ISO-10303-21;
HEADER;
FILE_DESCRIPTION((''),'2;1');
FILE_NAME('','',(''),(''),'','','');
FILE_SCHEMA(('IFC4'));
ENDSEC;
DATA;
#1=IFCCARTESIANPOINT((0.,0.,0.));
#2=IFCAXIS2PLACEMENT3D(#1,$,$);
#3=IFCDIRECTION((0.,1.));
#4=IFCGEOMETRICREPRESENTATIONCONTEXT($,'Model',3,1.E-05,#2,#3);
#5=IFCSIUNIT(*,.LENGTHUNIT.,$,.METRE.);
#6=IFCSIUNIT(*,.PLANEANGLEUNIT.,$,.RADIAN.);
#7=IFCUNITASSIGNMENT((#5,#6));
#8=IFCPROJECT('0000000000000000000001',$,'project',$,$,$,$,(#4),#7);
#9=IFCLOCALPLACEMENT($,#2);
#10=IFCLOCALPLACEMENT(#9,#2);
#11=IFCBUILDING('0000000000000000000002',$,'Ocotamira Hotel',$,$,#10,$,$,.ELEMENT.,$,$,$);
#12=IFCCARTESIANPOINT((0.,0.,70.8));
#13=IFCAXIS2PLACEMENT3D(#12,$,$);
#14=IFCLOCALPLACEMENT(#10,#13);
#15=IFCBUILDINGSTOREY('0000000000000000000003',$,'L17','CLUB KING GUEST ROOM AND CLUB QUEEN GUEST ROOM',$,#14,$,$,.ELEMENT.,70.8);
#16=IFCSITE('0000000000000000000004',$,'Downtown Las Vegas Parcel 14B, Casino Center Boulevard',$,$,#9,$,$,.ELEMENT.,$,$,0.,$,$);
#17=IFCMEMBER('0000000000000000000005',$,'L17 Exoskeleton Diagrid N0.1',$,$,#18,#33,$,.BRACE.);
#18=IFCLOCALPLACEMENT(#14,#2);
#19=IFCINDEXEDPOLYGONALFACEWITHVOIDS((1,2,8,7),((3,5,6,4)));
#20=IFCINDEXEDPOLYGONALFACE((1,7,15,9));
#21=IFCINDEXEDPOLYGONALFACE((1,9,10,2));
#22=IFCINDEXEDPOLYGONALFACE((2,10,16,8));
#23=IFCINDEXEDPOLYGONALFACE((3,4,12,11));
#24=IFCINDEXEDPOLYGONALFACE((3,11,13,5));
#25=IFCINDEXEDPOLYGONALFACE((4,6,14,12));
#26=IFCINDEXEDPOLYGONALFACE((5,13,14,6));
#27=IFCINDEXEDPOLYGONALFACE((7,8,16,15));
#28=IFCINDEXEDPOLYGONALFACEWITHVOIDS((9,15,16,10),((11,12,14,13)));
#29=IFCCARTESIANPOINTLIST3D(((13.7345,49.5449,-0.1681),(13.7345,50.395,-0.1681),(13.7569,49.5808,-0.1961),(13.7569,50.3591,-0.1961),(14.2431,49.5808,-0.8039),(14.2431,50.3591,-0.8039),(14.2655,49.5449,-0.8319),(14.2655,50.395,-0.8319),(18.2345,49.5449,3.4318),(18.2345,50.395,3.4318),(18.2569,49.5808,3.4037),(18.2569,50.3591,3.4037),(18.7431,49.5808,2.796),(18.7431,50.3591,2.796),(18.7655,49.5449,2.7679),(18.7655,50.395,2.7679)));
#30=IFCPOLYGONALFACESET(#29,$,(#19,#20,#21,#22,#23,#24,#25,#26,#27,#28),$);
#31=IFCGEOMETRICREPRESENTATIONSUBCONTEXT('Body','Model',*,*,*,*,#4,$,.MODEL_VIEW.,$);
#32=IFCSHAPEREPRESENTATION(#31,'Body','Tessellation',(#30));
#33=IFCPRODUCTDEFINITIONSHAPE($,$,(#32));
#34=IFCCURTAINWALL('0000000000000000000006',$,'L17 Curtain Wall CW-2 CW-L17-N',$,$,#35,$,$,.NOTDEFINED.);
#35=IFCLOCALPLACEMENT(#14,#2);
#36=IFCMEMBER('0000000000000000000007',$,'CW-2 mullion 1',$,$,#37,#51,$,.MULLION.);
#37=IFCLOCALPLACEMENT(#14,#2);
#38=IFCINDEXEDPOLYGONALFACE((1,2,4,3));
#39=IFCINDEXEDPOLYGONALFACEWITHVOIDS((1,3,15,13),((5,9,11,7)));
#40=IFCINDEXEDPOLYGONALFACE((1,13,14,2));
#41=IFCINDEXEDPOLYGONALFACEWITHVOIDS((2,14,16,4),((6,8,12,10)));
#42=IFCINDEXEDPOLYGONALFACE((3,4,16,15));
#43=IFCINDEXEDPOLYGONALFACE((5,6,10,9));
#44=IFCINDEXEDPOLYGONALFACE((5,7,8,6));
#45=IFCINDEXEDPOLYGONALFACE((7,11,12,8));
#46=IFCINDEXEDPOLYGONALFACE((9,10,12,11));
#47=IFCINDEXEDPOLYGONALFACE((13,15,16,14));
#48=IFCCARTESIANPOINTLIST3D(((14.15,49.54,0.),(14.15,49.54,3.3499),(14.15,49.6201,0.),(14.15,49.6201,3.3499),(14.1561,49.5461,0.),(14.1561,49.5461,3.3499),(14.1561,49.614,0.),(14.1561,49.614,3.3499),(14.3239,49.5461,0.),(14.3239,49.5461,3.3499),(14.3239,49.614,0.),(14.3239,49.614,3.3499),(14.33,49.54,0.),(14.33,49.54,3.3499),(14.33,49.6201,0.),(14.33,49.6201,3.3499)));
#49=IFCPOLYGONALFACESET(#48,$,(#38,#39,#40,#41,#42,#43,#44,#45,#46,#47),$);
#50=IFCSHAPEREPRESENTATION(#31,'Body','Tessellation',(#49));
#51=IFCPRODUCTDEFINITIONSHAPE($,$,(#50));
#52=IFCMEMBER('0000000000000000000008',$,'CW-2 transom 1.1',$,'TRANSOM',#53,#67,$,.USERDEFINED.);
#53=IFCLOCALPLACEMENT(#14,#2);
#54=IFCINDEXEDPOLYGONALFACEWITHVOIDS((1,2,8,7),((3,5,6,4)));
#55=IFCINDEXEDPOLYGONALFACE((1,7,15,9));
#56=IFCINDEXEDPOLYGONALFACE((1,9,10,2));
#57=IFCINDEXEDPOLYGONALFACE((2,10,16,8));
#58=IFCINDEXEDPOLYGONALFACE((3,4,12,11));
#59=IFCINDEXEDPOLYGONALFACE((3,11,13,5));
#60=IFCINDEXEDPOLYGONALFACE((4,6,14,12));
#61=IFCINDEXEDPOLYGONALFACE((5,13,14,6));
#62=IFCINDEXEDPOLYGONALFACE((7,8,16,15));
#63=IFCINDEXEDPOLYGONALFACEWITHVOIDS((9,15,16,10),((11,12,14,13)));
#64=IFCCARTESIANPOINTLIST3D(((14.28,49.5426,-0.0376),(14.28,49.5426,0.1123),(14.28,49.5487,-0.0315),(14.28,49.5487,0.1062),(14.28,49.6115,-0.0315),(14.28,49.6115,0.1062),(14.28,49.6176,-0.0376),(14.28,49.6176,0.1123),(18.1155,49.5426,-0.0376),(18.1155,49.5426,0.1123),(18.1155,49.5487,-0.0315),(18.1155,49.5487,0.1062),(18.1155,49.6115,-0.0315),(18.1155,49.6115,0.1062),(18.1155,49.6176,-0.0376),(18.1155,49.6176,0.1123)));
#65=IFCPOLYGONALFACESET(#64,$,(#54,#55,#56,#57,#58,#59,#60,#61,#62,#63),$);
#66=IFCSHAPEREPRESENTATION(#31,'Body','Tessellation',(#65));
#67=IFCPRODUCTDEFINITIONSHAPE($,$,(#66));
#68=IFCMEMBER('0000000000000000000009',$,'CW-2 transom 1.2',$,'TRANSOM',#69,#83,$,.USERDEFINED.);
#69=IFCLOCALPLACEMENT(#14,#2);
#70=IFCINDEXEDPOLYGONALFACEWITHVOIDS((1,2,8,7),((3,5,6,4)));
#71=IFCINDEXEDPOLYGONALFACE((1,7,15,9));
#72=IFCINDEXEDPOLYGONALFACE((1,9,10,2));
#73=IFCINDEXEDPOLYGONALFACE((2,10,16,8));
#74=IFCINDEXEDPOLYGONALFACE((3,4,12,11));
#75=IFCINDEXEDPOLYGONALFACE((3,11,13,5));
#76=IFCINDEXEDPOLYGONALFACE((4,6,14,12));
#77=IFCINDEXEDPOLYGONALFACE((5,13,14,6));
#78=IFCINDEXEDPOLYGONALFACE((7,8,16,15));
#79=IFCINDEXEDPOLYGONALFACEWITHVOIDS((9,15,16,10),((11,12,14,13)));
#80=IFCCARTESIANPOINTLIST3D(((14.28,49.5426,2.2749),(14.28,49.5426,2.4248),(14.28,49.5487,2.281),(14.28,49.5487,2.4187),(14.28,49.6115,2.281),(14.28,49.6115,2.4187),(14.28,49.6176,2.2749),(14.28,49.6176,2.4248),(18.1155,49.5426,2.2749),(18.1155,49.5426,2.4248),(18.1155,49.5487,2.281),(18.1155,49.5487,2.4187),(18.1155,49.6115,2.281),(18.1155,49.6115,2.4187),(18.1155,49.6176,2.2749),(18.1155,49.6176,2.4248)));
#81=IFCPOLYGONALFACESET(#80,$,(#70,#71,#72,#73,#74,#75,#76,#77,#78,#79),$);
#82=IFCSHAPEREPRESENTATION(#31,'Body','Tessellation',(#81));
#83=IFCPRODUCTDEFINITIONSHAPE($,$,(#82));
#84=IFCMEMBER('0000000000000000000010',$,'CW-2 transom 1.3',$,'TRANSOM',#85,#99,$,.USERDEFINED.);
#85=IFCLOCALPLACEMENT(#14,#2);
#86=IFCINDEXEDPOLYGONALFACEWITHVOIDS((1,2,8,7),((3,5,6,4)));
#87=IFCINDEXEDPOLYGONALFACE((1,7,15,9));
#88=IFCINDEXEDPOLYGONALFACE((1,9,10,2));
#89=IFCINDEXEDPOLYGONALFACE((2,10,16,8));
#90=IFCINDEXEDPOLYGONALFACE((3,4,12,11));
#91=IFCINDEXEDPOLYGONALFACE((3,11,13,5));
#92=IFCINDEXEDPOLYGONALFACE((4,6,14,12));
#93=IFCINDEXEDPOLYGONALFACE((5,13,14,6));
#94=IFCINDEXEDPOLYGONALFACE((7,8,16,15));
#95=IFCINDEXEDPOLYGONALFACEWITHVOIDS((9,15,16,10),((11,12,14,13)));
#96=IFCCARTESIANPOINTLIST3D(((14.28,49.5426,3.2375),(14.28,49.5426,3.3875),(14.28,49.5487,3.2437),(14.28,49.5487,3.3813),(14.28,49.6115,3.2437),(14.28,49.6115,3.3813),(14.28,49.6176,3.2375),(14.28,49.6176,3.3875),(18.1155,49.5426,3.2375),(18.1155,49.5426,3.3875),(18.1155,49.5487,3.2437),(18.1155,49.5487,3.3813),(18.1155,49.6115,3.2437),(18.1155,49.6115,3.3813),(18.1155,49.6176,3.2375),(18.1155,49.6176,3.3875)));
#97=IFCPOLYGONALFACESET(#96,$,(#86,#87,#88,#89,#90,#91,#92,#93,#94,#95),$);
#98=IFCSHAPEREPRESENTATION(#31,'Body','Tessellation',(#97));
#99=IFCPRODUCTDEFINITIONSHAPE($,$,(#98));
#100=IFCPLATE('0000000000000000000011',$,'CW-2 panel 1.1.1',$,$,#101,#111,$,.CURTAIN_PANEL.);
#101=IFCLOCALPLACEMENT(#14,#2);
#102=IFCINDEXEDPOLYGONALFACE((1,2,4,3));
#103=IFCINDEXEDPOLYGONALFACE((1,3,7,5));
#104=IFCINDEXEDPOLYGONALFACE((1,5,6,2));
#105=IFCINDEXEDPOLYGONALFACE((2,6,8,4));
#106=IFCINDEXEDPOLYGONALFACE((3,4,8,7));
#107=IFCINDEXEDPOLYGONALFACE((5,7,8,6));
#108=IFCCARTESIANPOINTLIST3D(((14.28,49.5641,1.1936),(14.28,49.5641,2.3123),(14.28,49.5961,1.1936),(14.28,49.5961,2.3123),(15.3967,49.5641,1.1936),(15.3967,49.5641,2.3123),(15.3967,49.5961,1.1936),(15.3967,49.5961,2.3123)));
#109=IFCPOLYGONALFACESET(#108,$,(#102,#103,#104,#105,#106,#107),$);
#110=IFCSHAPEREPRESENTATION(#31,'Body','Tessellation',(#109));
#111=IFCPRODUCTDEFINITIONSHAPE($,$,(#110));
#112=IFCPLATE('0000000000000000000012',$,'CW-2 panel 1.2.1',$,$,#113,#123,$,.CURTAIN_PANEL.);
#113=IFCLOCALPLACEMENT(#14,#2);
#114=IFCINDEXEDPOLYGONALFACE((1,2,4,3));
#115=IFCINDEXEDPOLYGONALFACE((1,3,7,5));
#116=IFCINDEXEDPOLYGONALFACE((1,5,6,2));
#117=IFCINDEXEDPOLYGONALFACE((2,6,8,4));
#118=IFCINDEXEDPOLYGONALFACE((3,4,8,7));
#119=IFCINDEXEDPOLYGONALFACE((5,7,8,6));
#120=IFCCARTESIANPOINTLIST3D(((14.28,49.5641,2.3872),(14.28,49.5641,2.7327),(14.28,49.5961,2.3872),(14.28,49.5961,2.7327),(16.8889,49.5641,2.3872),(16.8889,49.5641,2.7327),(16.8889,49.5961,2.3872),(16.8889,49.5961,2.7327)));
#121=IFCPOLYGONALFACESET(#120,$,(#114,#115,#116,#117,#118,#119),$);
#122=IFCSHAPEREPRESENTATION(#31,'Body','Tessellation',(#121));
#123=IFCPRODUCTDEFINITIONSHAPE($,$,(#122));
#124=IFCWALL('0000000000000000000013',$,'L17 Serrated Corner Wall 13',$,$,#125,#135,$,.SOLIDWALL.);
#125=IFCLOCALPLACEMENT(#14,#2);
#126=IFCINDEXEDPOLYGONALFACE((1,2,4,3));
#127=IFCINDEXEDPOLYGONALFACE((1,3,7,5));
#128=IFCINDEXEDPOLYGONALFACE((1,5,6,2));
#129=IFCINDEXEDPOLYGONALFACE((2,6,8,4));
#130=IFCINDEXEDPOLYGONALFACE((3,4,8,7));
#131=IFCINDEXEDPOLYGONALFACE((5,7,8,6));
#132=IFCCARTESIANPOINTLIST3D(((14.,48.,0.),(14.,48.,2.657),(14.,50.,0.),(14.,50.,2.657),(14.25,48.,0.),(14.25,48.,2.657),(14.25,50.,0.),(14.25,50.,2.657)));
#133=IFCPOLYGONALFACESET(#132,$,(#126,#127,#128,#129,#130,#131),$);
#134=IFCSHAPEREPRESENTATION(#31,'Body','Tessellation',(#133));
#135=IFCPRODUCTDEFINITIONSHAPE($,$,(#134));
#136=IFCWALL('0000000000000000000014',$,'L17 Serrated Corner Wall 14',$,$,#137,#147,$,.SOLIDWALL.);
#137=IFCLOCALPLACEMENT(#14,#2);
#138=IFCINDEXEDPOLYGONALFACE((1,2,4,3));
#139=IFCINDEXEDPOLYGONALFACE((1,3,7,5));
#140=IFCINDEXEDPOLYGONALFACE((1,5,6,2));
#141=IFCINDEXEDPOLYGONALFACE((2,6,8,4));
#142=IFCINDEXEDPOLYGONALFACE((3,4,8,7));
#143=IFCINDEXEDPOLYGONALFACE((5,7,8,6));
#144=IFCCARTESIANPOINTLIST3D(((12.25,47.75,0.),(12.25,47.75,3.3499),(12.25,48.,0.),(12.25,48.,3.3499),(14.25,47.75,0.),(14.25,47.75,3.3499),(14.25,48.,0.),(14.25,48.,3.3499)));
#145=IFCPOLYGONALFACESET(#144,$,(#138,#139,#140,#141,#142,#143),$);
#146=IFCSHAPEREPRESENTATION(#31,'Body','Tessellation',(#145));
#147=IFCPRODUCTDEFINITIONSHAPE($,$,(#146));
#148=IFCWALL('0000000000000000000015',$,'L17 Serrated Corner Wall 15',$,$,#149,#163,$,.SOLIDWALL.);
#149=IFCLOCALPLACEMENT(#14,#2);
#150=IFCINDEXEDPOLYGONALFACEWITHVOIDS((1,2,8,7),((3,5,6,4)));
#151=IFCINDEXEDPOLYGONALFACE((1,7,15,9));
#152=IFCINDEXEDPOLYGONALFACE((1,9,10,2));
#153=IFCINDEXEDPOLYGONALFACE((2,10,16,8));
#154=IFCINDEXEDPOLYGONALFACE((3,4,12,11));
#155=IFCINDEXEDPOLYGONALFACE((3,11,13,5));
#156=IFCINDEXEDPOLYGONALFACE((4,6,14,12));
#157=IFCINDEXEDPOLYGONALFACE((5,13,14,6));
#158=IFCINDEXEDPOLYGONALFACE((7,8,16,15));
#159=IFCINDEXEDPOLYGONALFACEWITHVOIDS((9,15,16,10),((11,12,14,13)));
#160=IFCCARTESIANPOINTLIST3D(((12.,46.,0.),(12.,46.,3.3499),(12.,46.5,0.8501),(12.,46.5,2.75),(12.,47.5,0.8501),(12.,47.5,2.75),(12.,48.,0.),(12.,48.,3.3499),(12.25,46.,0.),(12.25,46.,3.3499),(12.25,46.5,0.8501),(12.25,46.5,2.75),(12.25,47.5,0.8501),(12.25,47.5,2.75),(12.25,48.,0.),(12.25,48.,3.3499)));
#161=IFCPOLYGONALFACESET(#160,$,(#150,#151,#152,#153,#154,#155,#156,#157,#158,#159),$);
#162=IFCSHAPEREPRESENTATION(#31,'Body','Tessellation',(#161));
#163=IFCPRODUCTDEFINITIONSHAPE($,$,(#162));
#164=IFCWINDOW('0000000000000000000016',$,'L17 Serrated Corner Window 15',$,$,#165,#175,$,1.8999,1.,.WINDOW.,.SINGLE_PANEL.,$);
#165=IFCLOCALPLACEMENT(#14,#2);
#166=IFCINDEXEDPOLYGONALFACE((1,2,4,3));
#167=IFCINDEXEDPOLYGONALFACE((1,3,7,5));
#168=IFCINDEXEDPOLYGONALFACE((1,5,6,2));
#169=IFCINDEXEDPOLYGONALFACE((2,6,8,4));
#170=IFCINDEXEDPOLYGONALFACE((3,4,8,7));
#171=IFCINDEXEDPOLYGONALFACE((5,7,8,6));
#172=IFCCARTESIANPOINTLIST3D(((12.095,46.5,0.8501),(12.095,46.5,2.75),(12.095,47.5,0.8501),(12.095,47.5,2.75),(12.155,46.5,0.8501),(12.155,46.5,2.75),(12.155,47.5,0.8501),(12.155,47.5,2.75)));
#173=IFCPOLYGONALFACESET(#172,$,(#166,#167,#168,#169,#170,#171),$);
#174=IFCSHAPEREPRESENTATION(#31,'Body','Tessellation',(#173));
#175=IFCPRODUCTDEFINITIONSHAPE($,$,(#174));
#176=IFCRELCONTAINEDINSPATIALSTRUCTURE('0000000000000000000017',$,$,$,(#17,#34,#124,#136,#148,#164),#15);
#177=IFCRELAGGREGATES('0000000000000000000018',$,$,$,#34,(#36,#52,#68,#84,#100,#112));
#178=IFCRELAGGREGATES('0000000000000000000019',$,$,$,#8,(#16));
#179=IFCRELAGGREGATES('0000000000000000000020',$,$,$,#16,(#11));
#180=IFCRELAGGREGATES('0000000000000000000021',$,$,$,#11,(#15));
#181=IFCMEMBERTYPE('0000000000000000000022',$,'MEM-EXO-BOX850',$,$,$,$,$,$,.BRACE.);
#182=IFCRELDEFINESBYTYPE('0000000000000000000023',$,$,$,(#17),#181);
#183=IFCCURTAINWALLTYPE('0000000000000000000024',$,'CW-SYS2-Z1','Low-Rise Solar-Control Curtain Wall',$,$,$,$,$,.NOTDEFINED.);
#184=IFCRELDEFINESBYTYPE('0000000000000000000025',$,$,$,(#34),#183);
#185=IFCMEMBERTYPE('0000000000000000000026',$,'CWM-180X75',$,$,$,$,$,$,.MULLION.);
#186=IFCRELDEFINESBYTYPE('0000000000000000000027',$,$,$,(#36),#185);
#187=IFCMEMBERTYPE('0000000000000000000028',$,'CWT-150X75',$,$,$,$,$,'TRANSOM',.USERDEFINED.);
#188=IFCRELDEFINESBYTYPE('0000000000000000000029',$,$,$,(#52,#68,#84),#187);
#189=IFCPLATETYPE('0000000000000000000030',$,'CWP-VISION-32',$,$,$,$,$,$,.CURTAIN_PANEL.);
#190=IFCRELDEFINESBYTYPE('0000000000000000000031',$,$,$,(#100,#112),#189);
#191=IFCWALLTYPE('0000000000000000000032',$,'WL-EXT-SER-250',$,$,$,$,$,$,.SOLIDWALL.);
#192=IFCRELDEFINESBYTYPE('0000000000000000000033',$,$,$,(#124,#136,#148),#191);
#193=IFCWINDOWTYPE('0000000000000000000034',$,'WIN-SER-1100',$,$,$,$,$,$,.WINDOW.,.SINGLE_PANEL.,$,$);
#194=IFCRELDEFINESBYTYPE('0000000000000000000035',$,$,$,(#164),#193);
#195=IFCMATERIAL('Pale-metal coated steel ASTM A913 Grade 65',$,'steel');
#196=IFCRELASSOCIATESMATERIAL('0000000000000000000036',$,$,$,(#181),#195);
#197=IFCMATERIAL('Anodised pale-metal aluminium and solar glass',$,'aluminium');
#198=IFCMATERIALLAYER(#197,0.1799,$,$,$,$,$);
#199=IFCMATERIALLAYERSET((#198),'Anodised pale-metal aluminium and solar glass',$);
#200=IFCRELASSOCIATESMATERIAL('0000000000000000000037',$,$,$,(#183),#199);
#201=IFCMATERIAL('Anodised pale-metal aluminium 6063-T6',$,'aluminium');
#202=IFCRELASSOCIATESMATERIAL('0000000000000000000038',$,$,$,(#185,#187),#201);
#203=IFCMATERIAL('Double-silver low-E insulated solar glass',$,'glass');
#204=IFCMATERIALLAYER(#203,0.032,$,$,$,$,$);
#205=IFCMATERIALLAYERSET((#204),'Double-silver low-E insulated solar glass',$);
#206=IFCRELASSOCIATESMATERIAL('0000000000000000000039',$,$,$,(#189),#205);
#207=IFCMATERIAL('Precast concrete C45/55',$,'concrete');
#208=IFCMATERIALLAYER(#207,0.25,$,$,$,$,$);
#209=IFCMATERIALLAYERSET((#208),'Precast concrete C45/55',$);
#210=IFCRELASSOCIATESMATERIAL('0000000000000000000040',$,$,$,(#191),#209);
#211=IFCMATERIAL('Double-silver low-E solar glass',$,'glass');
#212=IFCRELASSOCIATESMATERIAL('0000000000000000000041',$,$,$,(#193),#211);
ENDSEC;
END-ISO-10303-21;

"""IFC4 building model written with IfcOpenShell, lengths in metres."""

from ifc_helpers import new_model, si_unit, direction, frame, frame_2d, origin, origin_2d, place, context, subcontext, project, spatial, rectangle, hollow_rectangle, extrude, source, transform, mapped, material, layer, layer_set, material_profile, profile_set, type_object, element, fill, aggregate, save


model = new_model("IFC4")

# Units and contexts
model_context = context("Model", 3, precision=1e-05, world=origin(), true_north=direction((0.0, 1.0)))
body_context = subcontext(model_context, "Body", "Model", "MODEL_VIEW")
ifc_project = project(units=[si_unit("LENGTHUNIT", "METRE"), si_unit("PLANEANGLEUNIT", "RADIAN")], contexts=[model_context])

# Site, building, storey
site_placement = place(None, origin())
site = spatial("IfcSite", under=ifc_project, at=site_placement, Name="Downtown Las Vegas Parcel 14B, Casino Center Boulevard", CompositionType="ELEMENT", RefElevation=0.0)
building_placement = place(site_placement, origin())
building = spatial("IfcBuilding", under=site, at=building_placement, Name="Ocotamira Hotel", CompositionType="ELEMENT")
storey_placement = place(building_placement, frame((0.0, 0.0, 70.8)))
storey = spatial("IfcBuildingStorey", under=building, at=storey_placement, Name="L17", Description="CLUB KING GUEST ROOM AND CLUB QUEEN GUEST ROOM", CompositionType="ELEMENT", Elevation=70.8)

# Member
ifc_material_1 = material(Name="Pale-metal coated steel ASTM A913 Grade 65", Category="steel")
ifc_material_profile_1 = material_profile(ifc_material_1, hollow_rectangle(XDim=0.8501, YDim=0.8501, WallThickness=0.0359, at=origin_2d()), Name="BOX850X850X36")
ifc_profile_set_1 = profile_set([ifc_material_profile_1], Name="Pale-metal coated steel ASTM A913 Grade 65")
member_type_1 = type_object("IfcMemberType", Name="MEM-EXO-BOX850", PredefinedType="BRACE", material=ifc_profile_set_1)
shared_shape_1 = source(origin(), body_context, "Body", "SweptSolid", [
    extrude(hollow_rectangle(XDim=0.8501, YDim=0.8501, WallThickness=0.0359, at=origin_2d()), origin(), (0.0, 0.0, 1.0), 5.7627),
])
member_1_placement = place(storey_placement, frame((14.0, 49.97, -0.5), z_axis=(0.780881, 0.0, 0.62468), x_axis=(0.0, 1.0, 0.0)))
element("IfcMember", 1, at=member_1_placement, inside=storey, type_object=member_type_1, Name="L17 Exoskeleton Diagrid N0.1", PredefinedType="BRACE", context=body_context, shape_type="MappedRepresentation", body=[
    mapped(shared_shape_1, transform((0.0, 0.0, 0.0), scale=1.0)),
])

# Curtain wall, members, plates
ifc_material_2 = material(Name="Anodised pale-metal aluminium and solar glass", Category="aluminium")
ifc_layer_1 = layer(ifc_material_2, 0.1799)
ifc_layer_set_1 = layer_set([ifc_layer_1], Name="Anodised pale-metal aluminium and solar glass")
curtain_wall_type = type_object("IfcCurtainWallType", Name="CW-SYS2-Z1", Description="Low-Rise Solar-Control Curtain Wall", PredefinedType="NOTDEFINED", material=ifc_layer_set_1)
curtain_wall_placement = place(storey_placement, origin())
curtain_wall = element("IfcCurtainWall", 2, at=curtain_wall_placement, inside=storey, type_object=curtain_wall_type, Name="L17 Curtain Wall CW-2 CW-L17-N", PredefinedType="NOTDEFINED")
ifc_material_3 = material(Name="Anodised pale-metal aluminium 6063-T6", Category="aluminium")
ifc_material_profile_2 = material_profile(ifc_material_3, hollow_rectangle(XDim=0.0801, YDim=0.1799, WallThickness=0.0061, at=origin_2d()), Name="HSS180X80X6")
ifc_profile_set_2 = profile_set([ifc_material_profile_2], Name="Anodised pale-metal aluminium 6063-T6")
member_type_2 = type_object("IfcMemberType", Name="CWM-180X75", PredefinedType="MULLION", material=ifc_profile_set_2)
shared_shape_2 = source(origin(), body_context, "Body", "SweptSolid", [
    extrude(hollow_rectangle(XDim=0.0801, YDim=0.1799, WallThickness=0.0061, at=origin_2d()), origin(), (0.0, 0.0, 1.0), 3.3499),
])
member_2_placement = place(storey_placement, frame((14.24, 49.5801, 0.0), z_axis=(0.0, 0.0, 1.0), x_axis=(0.0, 1.0, 0.0)))
member_2 = element("IfcMember", 3, at=member_2_placement, type_object=member_type_2, Name="CW-2 mullion 1", PredefinedType="MULLION", context=body_context, shape_type="MappedRepresentation", body=[
    mapped(shared_shape_2, transform((0.0, 0.0, 0.0), scale=1.0)),
])
ifc_material_profile_3 = material_profile(ifc_material_3, hollow_rectangle(XDim=0.075, YDim=0.1499, WallThickness=0.0061, at=origin_2d()), Name="HSS150X75X6")
ifc_profile_set_3 = profile_set([ifc_material_profile_3], Name="Anodised pale-metal aluminium 6063-T6")
member_type_3 = type_object("IfcMemberType", Name="CWT-150X75", ElementType="TRANSOM", PredefinedType="USERDEFINED", material=ifc_profile_set_3)
shared_shape_3 = source(origin(), body_context, "Body", "SweptSolid", [
    extrude(hollow_rectangle(XDim=0.075, YDim=0.1499, WallThickness=0.0061, at=origin_2d()), origin(), (0.0, 0.0, 1.0), 3.8354),
])
member_3_placement = place(storey_placement, frame((14.28, 49.5801, 0.0374), z_axis=(1.0, 0.0, 0.0), x_axis=(0.0, 1.0, 0.0)))
member_3 = element("IfcMember", 4, at=member_3_placement, type_object=member_type_3, Name="CW-2 transom 1.1", ObjectType="TRANSOM", PredefinedType="USERDEFINED", context=body_context, shape_type="MappedRepresentation", body=[
    mapped(shared_shape_3, transform((0.0, 0.0, 0.0), scale=1.0)),
])
member_4_placement = place(storey_placement, frame((14.28, 49.5801, 2.3499), z_axis=(1.0, 0.0, 0.0), x_axis=(0.0, 1.0, 0.0)))
member_4 = element("IfcMember", 5, at=member_4_placement, type_object=member_type_3, Name="CW-2 transom 1.2", ObjectType="TRANSOM", PredefinedType="USERDEFINED", context=body_context, shape_type="MappedRepresentation", body=[
    mapped(shared_shape_3, transform((0.0, 0.0, 0.0), scale=1.0)),
])
member_5_placement = place(storey_placement, frame((14.28, 49.5801, 3.3125), z_axis=(1.0, 0.0, 0.0), x_axis=(0.0, 1.0, 0.0)))
member_5 = element("IfcMember", 6, at=member_5_placement, type_object=member_type_3, Name="CW-2 transom 1.3", ObjectType="TRANSOM", PredefinedType="USERDEFINED", context=body_context, shape_type="MappedRepresentation", body=[
    mapped(shared_shape_3, transform((0.0, 0.0, 0.0), scale=1.0)),
])
ifc_material_4 = material(Name="Double-silver low-E insulated solar glass", Category="glass")
ifc_layer_2 = layer(ifc_material_4, 0.032)
ifc_layer_set_2 = layer_set([ifc_layer_2], Name="Double-silver low-E insulated solar glass")
plate_type = type_object("IfcPlateType", Name="CWP-VISION-32", PredefinedType="CURTAIN_PANEL", material=ifc_layer_set_2)
shared_shape_4 = source(origin(), body_context, "Body", "SweptSolid", [
    extrude(rectangle(XDim=1.1167, YDim=0.032, at=origin_2d()), origin(), (0.0, 0.0, 1.0), 1.1187),
])
plate_1_placement = place(storey_placement, frame((14.8384, 49.5801, 1.1936), z_axis=(0.0, 0.0, 1.0), x_axis=(1.0, 0.0, 0.0)))
plate_1 = element("IfcPlate", 7, at=plate_1_placement, type_object=plate_type, Name="CW-2 panel 1.1.1", PredefinedType="CURTAIN_PANEL", context=body_context, shape_type="MappedRepresentation", body=[
    mapped(shared_shape_4, transform((0.0, 0.0, 0.0), scale=1.0)),
])
shared_shape_5 = source(origin(), body_context, "Body", "SweptSolid", [
    extrude(rectangle(XDim=2.6089, YDim=0.032, at=origin_2d()), origin(), (0.0, 0.0, 1.0), 0.3455),
])
plate_2_placement = place(storey_placement, frame((15.5845, 49.5801, 2.3872), z_axis=(0.0, 0.0, 1.0), x_axis=(1.0, 0.0, 0.0)))
plate_2 = element("IfcPlate", 8, at=plate_2_placement, type_object=plate_type, Name="CW-2 panel 1.2.1", PredefinedType="CURTAIN_PANEL", context=body_context, shape_type="MappedRepresentation", body=[
    mapped(shared_shape_5, transform((0.0, 0.0, 0.0), scale=1.0)),
])
aggregate(curtain_wall, [member_2, member_3, member_4, member_5, plate_1, plate_2])

# Walls
ifc_material_5 = material(Name="Precast concrete C45/55", Category="concrete")
ifc_layer_3 = layer(ifc_material_5, 0.25)
ifc_layer_set_3 = layer_set([ifc_layer_3], Name="Precast concrete C45/55")
wall_type_1 = type_object("IfcWallType", Name="WL-EXT-SER-250", PredefinedType="SOLIDWALL", material=ifc_layer_set_3)
wall_1_placement = place(storey_placement, frame((14.125, 50.0, 0.0), z_axis=(0.0, 0.0, 1.0), x_axis=(0.0, -1.0, 0.0)))
element("IfcWall", 9, at=wall_1_placement, inside=storey, type_object=wall_type_1, Name="L17 Serrated Corner Wall 13", PredefinedType="SOLIDWALL", context=body_context, shape_type="SweptSolid", body=[
    extrude(rectangle(XDim=2.0, YDim=0.25, at=frame_2d((1.0, 0.0))), origin(), (0.0, 0.0, 1.0), 2.657),
])
wall_2_placement = place(storey_placement, frame((14.25, 47.875, 0.0), z_axis=(0.0, 0.0, 1.0), x_axis=(-1.0, 0.0, 0.0)))
element("IfcWall", 10, at=wall_2_placement, inside=storey, type_object=wall_type_1, Name="L17 Serrated Corner Wall 14", PredefinedType="SOLIDWALL", context=body_context, shape_type="SweptSolid", body=[
    extrude(rectangle(XDim=2.0, YDim=0.25, at=frame_2d((1.0, 0.0))), origin(), (0.0, 0.0, 1.0), 3.3499),
])

# Wall, opening, window
wall_3_placement = place(storey_placement, frame((12.125, 48.0, 0.0), z_axis=(0.0, 0.0, 1.0), x_axis=(0.0, -1.0, 0.0)))
wall_3 = element("IfcWall", 11, at=wall_3_placement, inside=storey, type_object=wall_type_1, Name="L17 Serrated Corner Wall 15", PredefinedType="SOLIDWALL", context=body_context, shape_type="SweptSolid", body=[
    extrude(rectangle(XDim=2.0, YDim=0.25, at=frame_2d((1.0, 0.0))), origin(), (0.0, 0.0, 1.0), 3.3499),
])
opening_1_placement = place(wall_3_placement, frame((0.5, 0.0, 0.8501)))
opening_1 = element("IfcOpeningElement", 12, at=opening_1_placement, cuts=wall_3, PredefinedType="OPENING", context=body_context, shape_type="SweptSolid", body=[
    extrude(rectangle(XDim=1.0, YDim=1.8999, at=frame_2d((0.5, 0.95))), frame((0.0, 0.135, 0.0), z_axis=(0.0, -1.0, 0.0), x_axis=(1.0, 0.0, 0.0)), (0.0, 0.0, 1.0), 0.27),
])
ifc_material_6 = material(Name="Double-silver low-E solar glass", Category="glass")
window_type = type_object("IfcWindowType", Name="WIN-SER-1100", PartitioningType="SINGLE_PANEL", PredefinedType="WINDOW", material=ifc_material_6)
shared_shape_6 = source(origin(), body_context, "Body", "SweptSolid", [
    extrude(rectangle(XDim=1.0, YDim=1.8999, at=frame_2d((0.5, 0.95))), frame((0.0, 0.03, 0.0), z_axis=(0.0, -1.0, 0.0), x_axis=(1.0, 0.0, 0.0)), (0.0, 0.0, 1.0), 0.0601),
])
window_placement = place(opening_1_placement, origin())
window = element("IfcWindow", 13, at=window_placement, inside=storey, type_object=window_type, Name="L17 Serrated Corner Window 15", OverallHeight=1.8999, OverallWidth=1.0, PartitioningType="SINGLE_PANEL", PredefinedType="WINDOW", context=body_context, shape_type="MappedRepresentation", body=[
    mapped(shared_shape_6, transform((0.0, 0.0, 0.0), scale=1.0)),
])
fill(opening_1, window)

save(model, "model.ifc")
